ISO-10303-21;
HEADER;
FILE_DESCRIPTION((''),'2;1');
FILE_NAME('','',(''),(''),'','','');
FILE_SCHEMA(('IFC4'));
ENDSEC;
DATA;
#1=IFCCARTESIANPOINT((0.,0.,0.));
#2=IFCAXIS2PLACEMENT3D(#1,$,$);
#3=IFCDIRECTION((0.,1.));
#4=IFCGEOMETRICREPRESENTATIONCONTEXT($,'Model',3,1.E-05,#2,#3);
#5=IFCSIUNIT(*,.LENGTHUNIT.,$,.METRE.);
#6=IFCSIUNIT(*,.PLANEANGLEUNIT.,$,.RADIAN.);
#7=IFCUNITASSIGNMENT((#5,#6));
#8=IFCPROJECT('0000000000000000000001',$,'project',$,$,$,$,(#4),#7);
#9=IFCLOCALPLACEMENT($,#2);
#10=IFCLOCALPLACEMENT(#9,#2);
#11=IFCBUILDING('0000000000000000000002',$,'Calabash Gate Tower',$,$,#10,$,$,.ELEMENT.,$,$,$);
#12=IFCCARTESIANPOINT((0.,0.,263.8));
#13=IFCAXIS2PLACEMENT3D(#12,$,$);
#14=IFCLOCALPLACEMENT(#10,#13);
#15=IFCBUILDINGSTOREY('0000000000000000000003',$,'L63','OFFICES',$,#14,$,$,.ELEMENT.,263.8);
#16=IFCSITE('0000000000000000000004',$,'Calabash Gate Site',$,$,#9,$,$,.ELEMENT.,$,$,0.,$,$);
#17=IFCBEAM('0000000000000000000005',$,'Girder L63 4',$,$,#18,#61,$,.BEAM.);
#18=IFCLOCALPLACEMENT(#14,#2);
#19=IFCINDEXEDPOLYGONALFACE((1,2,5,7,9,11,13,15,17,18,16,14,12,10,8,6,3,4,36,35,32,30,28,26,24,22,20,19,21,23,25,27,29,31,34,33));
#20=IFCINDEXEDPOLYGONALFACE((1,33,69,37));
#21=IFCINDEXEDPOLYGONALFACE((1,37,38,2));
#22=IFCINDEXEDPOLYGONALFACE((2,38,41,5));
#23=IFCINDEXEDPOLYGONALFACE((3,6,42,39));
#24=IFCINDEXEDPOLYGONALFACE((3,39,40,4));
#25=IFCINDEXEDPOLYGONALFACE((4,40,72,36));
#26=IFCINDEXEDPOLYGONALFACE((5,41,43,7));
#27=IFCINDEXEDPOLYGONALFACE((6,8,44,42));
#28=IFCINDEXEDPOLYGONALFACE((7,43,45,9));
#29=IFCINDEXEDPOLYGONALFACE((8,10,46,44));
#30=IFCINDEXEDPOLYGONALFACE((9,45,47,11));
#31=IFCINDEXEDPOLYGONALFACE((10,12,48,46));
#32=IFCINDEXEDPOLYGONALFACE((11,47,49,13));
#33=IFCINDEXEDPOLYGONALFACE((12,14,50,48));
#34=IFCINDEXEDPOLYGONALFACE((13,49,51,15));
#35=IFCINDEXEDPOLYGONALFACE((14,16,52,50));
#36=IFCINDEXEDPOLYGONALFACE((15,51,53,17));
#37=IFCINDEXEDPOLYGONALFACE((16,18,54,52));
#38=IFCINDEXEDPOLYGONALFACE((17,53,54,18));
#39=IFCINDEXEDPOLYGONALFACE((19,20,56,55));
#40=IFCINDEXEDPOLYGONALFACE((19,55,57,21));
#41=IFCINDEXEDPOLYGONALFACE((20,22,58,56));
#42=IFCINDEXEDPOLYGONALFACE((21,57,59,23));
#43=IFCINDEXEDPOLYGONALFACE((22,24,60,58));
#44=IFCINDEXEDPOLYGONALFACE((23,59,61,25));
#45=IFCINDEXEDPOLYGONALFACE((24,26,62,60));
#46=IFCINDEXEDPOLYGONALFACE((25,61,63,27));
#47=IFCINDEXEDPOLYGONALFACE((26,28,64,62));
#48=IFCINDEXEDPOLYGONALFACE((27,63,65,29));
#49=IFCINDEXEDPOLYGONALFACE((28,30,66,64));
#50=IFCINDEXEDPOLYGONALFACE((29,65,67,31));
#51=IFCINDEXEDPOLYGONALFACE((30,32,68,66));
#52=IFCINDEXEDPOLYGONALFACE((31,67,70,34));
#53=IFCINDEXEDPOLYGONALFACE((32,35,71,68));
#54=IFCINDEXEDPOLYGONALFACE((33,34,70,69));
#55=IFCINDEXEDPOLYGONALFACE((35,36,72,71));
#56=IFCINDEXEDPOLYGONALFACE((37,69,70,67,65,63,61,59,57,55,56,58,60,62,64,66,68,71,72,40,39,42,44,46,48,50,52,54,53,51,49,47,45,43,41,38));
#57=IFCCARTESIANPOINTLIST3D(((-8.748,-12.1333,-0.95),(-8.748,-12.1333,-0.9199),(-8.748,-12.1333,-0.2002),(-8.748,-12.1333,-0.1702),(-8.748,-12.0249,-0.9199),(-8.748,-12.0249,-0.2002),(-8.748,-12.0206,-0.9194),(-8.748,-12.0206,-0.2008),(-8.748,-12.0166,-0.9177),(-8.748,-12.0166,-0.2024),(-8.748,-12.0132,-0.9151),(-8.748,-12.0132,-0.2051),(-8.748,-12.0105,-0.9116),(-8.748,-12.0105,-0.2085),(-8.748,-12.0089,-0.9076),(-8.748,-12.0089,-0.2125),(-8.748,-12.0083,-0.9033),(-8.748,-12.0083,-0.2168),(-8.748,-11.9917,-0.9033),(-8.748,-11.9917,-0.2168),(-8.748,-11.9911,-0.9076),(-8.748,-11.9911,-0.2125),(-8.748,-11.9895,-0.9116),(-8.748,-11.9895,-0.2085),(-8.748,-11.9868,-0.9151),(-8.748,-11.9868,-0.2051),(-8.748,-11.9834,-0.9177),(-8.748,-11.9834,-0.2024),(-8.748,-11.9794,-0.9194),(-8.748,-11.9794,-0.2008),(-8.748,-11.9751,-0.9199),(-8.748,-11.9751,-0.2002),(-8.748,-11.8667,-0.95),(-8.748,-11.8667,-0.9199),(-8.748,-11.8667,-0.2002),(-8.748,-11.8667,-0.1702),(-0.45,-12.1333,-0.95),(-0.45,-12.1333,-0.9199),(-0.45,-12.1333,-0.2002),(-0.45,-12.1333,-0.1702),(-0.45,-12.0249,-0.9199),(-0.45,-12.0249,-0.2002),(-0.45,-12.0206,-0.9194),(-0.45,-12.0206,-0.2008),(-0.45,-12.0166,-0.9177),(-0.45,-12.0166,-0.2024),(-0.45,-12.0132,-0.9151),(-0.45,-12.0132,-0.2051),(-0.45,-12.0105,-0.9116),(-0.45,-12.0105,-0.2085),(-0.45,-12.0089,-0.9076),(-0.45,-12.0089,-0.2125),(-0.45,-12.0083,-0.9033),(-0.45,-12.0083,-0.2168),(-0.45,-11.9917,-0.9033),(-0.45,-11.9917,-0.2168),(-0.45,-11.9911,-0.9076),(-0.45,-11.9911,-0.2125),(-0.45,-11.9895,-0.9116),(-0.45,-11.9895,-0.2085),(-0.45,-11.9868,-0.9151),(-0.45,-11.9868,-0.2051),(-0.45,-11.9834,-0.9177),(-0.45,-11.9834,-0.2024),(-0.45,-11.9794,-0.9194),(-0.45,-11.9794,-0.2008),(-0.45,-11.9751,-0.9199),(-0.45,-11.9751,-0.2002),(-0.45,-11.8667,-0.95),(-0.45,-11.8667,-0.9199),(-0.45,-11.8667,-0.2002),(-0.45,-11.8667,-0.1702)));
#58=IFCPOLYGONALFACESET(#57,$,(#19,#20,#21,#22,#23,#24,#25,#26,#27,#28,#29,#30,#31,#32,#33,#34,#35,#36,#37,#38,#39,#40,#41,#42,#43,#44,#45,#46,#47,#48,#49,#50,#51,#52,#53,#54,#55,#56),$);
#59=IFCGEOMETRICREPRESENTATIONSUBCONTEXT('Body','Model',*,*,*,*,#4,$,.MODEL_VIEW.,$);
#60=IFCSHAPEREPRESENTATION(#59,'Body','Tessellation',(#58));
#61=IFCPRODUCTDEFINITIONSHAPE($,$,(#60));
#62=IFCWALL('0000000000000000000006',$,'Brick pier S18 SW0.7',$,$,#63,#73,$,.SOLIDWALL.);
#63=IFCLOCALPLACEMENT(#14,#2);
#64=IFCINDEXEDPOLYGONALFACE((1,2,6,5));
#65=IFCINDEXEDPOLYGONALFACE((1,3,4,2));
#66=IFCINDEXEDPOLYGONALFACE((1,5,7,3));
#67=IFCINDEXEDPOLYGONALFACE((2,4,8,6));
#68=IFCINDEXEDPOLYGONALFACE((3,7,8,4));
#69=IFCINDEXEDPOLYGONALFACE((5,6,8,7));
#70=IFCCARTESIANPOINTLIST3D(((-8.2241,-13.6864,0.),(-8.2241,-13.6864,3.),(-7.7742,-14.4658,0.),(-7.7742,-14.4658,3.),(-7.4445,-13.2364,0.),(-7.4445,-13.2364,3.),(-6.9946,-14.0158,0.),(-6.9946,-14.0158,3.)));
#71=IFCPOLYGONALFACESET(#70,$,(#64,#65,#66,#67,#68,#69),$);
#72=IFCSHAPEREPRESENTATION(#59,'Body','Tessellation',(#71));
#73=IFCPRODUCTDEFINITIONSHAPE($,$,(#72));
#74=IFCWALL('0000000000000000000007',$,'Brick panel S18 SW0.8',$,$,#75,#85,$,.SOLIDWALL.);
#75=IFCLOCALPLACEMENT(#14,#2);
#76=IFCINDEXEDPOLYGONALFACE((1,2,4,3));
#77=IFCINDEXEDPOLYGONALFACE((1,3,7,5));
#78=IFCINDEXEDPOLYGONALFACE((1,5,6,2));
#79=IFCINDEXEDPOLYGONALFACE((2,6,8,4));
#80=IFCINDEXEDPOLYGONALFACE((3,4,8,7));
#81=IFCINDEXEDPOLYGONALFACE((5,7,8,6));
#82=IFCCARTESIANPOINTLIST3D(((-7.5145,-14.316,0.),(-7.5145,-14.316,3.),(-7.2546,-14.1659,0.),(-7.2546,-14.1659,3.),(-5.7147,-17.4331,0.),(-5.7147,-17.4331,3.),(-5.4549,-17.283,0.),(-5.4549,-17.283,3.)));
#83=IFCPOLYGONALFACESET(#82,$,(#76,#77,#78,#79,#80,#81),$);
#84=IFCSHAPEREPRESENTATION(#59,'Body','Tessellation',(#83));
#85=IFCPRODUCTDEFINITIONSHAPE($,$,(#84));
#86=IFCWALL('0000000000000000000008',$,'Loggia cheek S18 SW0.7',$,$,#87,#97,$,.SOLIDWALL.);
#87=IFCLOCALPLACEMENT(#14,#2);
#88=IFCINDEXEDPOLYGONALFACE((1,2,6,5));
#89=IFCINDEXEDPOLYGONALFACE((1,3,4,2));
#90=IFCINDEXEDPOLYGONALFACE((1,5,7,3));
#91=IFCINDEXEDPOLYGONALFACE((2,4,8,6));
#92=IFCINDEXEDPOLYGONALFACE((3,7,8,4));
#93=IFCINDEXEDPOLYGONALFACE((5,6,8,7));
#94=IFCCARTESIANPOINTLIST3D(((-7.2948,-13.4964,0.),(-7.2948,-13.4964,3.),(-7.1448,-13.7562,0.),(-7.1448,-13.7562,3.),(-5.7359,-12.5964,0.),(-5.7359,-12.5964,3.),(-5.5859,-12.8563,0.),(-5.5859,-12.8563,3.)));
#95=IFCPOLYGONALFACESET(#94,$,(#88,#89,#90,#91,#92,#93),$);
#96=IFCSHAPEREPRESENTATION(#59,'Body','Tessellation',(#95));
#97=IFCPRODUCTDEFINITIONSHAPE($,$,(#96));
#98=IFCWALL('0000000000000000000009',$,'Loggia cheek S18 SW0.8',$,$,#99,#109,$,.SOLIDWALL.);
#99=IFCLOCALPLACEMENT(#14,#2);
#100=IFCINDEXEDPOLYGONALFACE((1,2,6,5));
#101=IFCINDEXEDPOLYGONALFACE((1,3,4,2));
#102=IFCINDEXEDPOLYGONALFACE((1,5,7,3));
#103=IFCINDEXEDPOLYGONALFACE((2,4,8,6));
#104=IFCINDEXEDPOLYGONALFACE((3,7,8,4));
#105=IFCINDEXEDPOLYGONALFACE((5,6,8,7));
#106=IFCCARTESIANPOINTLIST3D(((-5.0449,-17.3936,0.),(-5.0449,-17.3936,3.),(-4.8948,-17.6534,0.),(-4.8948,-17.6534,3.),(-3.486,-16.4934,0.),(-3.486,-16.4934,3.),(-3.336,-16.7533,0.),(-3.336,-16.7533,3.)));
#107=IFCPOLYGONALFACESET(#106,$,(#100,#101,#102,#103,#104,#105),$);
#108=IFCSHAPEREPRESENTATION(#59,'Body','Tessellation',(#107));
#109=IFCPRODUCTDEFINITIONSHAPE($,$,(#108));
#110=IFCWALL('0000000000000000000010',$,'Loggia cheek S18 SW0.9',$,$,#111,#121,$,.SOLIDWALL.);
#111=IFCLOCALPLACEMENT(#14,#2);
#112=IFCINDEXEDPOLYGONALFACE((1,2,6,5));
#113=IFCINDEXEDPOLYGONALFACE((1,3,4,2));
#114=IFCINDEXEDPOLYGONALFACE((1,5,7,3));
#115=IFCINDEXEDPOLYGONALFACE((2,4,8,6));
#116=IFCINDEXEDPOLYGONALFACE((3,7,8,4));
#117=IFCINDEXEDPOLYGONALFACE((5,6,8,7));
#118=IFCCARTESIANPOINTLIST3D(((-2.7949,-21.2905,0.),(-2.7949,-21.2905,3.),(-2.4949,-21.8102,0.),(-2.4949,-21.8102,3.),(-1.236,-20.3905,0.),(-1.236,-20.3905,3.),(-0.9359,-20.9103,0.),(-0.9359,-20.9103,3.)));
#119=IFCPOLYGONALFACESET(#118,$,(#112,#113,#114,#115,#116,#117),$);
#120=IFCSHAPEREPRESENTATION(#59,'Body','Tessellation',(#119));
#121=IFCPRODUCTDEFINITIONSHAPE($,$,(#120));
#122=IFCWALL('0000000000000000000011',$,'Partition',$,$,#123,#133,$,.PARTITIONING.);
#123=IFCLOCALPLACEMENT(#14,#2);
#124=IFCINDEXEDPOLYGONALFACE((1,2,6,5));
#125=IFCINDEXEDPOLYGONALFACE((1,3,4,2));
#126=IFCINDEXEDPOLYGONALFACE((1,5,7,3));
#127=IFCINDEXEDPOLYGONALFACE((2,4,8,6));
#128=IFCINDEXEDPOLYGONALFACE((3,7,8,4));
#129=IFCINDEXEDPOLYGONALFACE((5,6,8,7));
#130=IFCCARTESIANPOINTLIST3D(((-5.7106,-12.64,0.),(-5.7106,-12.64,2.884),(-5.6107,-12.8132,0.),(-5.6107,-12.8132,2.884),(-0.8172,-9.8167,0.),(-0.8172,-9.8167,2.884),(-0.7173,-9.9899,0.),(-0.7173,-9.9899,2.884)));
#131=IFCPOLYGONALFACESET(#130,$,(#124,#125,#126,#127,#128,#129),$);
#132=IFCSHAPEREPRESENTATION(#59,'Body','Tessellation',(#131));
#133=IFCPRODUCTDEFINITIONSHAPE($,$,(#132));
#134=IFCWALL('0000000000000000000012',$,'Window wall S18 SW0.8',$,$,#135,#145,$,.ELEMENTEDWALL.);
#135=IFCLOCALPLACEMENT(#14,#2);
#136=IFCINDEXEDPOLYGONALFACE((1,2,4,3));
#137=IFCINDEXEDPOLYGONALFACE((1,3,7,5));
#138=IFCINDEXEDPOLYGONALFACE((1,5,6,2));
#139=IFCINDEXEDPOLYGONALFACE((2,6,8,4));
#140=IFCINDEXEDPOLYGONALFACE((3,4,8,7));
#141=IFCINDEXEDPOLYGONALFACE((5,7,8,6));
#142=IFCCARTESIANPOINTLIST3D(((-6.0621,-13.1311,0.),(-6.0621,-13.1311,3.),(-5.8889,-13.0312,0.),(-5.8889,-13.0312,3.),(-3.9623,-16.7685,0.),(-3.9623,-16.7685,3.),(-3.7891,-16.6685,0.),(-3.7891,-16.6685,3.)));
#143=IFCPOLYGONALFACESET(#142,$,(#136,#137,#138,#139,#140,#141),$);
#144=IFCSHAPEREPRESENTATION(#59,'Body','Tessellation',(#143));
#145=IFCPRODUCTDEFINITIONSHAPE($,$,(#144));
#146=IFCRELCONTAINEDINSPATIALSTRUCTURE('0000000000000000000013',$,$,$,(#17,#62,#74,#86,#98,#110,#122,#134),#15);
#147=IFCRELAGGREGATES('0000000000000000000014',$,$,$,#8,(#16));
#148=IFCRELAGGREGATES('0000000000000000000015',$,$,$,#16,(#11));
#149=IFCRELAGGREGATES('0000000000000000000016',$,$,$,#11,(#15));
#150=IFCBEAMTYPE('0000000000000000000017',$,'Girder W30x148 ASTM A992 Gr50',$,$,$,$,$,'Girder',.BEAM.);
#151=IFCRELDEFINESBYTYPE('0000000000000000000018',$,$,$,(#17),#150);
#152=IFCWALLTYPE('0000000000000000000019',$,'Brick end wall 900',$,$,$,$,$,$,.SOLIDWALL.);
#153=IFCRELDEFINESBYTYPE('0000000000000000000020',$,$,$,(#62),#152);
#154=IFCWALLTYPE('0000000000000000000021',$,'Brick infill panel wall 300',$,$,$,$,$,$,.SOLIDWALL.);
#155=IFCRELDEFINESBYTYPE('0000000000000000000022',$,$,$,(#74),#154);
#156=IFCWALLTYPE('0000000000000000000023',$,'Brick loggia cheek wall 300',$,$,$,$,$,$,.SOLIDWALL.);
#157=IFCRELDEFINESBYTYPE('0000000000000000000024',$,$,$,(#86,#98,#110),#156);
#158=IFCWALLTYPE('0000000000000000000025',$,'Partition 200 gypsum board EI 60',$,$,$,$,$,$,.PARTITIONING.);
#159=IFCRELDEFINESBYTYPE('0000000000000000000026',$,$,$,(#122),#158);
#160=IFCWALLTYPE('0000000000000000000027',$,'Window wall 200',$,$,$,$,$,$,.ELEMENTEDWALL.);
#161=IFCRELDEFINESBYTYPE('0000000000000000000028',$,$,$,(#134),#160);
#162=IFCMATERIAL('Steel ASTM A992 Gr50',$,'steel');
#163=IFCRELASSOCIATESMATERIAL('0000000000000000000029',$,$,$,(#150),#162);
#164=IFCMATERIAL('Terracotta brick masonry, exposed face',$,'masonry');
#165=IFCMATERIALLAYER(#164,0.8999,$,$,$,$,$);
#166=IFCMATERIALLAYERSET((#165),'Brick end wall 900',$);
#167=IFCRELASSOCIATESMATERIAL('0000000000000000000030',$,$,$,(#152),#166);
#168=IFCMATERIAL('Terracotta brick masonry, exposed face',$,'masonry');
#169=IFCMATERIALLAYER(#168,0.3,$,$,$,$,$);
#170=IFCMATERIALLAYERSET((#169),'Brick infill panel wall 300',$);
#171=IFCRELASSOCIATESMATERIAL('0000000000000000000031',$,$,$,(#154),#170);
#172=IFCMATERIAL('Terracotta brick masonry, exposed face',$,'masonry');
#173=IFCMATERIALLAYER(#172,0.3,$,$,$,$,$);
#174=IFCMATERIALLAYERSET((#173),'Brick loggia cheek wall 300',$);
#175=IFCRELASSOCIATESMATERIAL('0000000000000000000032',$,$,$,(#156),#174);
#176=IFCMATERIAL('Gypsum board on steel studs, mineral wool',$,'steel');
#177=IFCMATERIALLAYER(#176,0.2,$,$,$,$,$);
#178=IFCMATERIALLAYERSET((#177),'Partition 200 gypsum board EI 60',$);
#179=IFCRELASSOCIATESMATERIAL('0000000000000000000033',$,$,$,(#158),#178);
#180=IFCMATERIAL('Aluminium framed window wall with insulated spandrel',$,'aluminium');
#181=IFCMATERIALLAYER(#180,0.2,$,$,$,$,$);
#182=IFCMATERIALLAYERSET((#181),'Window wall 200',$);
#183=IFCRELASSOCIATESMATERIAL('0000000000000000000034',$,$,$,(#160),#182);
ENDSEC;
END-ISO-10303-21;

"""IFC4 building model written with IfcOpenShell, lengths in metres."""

from ifc_helpers import new_model, si_unit, direction, frame, frame_2d, origin, origin_2d, place, context, subcontext, project, spatial, rectangle, i_section, extrude, material, layer, layer_set, material_profile, profile_set, type_object, element, save


model = new_model("IFC4")

# Units and contexts
model_context = context("Model", 3, precision=1e-05, world=origin(), true_north=direction((0.0, 1.0)))
body_context = subcontext(model_context, "Body", "Model", "MODEL_VIEW")
ifc_project = project(units=[si_unit("LENGTHUNIT", "METRE"), si_unit("PLANEANGLEUNIT", "RADIAN")], contexts=[model_context])

# Site, building, storey
site_placement = place(None, origin())
site = spatial("IfcSite", under=ifc_project, at=site_placement, Name="Calabash Gate Site", CompositionType="ELEMENT", RefElevation=0.0)
building_placement = place(site_placement, origin())
building = spatial("IfcBuilding", under=site, at=building_placement, Name="Calabash Gate Tower", CompositionType="ELEMENT")
storey_placement = place(building_placement, frame((0.0, 0.0, 263.8)))
storey = spatial("IfcBuildingStorey", under=building, at=storey_placement, Name="L63", Description="OFFICES", CompositionType="ELEMENT", Elevation=263.8)

# Beam
ifc_material_1 = material(Name="Steel ASTM A992 Gr50", Category="steel")
ifc_material_profile_1 = material_profile(ifc_material_1, i_section(OverallWidth=0.2666, OverallDepth=0.7798, WebThickness=0.0166, FlangeThickness=0.03, FilletRadius=0.0166, at=origin_2d()))
ifc_profile_set_1 = profile_set([ifc_material_profile_1], Name="Steel ASTM A992 Gr50")
beam_type_1 = type_object("IfcBeamType", Name="Girder W30x148 ASTM A992 Gr50", ElementType="Girder", PredefinedType="BEAM", material=ifc_profile_set_1)
beam_1_placement = place(storey_placement, frame((-8.748, -12.0, -0.5601), z_axis=(1.0, 0.0, 0.0), x_axis=(0.0, 1.0, 0.0)))
element("IfcBeam", 1, at=beam_1_placement, inside=storey, type_object=beam_type_1, Name="Girder L63 4", PredefinedType="BEAM", context=body_context, shape_type="SweptSolid", body=[
    extrude(i_section(OverallWidth=0.2666, OverallDepth=0.7798, WebThickness=0.0166, FlangeThickness=0.03, FilletRadius=0.0166, at=origin_2d()), origin(), (0.0, 0.0, 1.0), 8.2981),
])

# Walls
ifc_material_2 = material(Name="Terracotta brick masonry, exposed face", Category="masonry")
ifc_layer_1 = layer(ifc_material_2, 0.8999)
ifc_layer_set_1 = layer_set([ifc_layer_1], Name="Brick end wall 900")
wall_type_1 = type_object("IfcWallType", Name="Brick end wall 900", PredefinedType="SOLIDWALL", material=ifc_layer_set_1)
wall_1_placement = place(storey_placement, frame((-7.9993, -14.0762, 0.0), z_axis=(0.0, 0.0, 1.0), x_axis=(0.866082, 0.499902, 0.0)))
element("IfcWall", 2, at=wall_1_placement, inside=storey, type_object=wall_type_1, Name="Brick pier S18 SW0.7", PredefinedType="SOLIDWALL", context=body_context, shape_type="SweptSolid", body=[
    extrude(rectangle(XDim=0.9001, YDim=0.8999, at=frame_2d((0.4502, 0.0))), origin(), (0.0, 0.0, 1.0), 3.0),
])
ifc_material_3 = material(Name="Terracotta brick masonry, exposed face", Category="masonry")
ifc_layer_2 = layer(ifc_material_3, 0.3)
ifc_layer_set_2 = layer_set([ifc_layer_2], Name="Brick infill panel wall 300")
wall_type_2 = type_object("IfcWallType", Name="Brick infill panel wall 300", PredefinedType="SOLIDWALL", material=ifc_layer_set_2)
wall_2_placement = place(storey_placement, frame((-5.5847, -17.3582, 0.0), z_axis=(0.0, 0.0, 1.0), x_axis=(-0.50002, 0.866014, 0.0)))
element("IfcWall", 3, at=wall_2_placement, inside=storey, type_object=wall_type_2, Name="Brick panel S18 SW0.8", PredefinedType="SOLIDWALL", context=body_context, shape_type="SweptSolid", body=[
    extrude(rectangle(XDim=3.5994, YDim=0.3, at=frame_2d((1.7998, 0.0))), origin(), (0.0, 0.0, 1.0), 3.0),
])
ifc_material_4 = material(Name="Terracotta brick masonry, exposed face", Category="masonry")
ifc_layer_3 = layer(ifc_material_4, 0.3)
ifc_layer_set_3 = layer_set([ifc_layer_3], Name="Brick loggia cheek wall 300")
wall_type_3 = type_object("IfcWallType", Name="Brick loggia cheek wall 300", PredefinedType="SOLIDWALL", material=ifc_layer_set_3)
for number, where, z_axis, x_axis, name in (
    (4, (-7.2197, -13.6262, 0.0), (0.0, 0.0, 1.0), (0.866048, 0.499961, 0.0), "Loggia cheek S18 SW0.7"),
    (5, (-4.9697, -17.5234, 0.0), (0.0, 0.0, 1.0), (0.865989, 0.500063, 0.0), "Loggia cheek S18 SW0.8"),
):
    element("IfcWall", number, at=place(storey_placement, frame(where, z_axis=z_axis, x_axis=x_axis)), inside=storey, type_object=wall_type_3, Name=name, PredefinedType="SOLIDWALL", context=body_context, shape_type="SweptSolid", body=[
        extrude(rectangle(XDim=1.8, YDim=0.3, at=frame_2d((0.8999, 0.0))), origin(), (0.0, 0.0, 1.0), 3.0),
    ])
wall_3_placement = place(storey_placement, frame((-2.6448, -21.5503, 0.0), z_axis=(0.0, 0.0, 1.0), x_axis=(0.866048, 0.499961, 0.0)))
element("IfcWall", 6, at=wall_3_placement, inside=storey, type_object=wall_type_3, Name="Loggia cheek S18 SW0.9", PredefinedType="SOLIDWALL", context=body_context, shape_type="SweptSolid", body=[
    extrude(rectangle(XDim=1.8, YDim=0.6001, at=frame_2d((0.8999, 0.0))), origin(), (0.0, 0.0, 1.0), 3.0),
])
ifc_material_5 = material(Name="Gypsum board on steel studs, mineral wool", Category="steel")
ifc_layer_4 = layer(ifc_material_5, 0.2)
ifc_layer_set_4 = layer_set([ifc_layer_4], Name="Partition 200 gypsum board EI 60")
wall_type_4 = type_object("IfcWallType", Name="Partition 200 gypsum board EI 60", PredefinedType="PARTITIONING", material=ifc_layer_set_4)
wall_4_placement = place(storey_placement, frame((-5.6606, -12.7266, 0.0), z_axis=(0.0, 0.0, 1.0), x_axis=(0.866172, 0.499746, 0.0)))
element("IfcWall", 7, at=wall_4_placement, inside=storey, type_object=wall_type_4, Name="Partition", PredefinedType="PARTITIONING", context=body_context, shape_type="SweptSolid", body=[
    extrude(rectangle(XDim=5.6494, YDim=0.2, at=frame_2d((2.8247, 0.0))), origin(), (0.0, 0.0, 1.0), 2.884),
])
ifc_material_6 = material(Name="Aluminium framed window wall with insulated spandrel", Category="aluminium")
ifc_layer_5 = layer(ifc_material_6, 0.2)
ifc_layer_set_5 = layer_set([ifc_layer_5], Name="Window wall 200")
wall_type_5 = type_object("IfcWallType", Name="Window wall 200", PredefinedType="ELEMENTEDWALL", material=ifc_layer_set_5)
wall_5_placement = place(storey_placement, frame((-5.9756, -13.0811, 0.0), z_axis=(0.0, 0.0, 1.0), x_axis=(0.499959, -0.866049, 0.0)))
element("IfcWall", 8, at=wall_5_placement, inside=storey, type_object=wall_type_5, Name="Window wall S18 SW0.8", PredefinedType="ELEMENTEDWALL", context=body_context, shape_type="SweptSolid", body=[
    extrude(rectangle(XDim=4.2, YDim=0.2, at=frame_2d((2.1001, 0.0))), origin(), (0.0, 0.0, 1.0), 3.0),
])

save(model, "model.ifc")
